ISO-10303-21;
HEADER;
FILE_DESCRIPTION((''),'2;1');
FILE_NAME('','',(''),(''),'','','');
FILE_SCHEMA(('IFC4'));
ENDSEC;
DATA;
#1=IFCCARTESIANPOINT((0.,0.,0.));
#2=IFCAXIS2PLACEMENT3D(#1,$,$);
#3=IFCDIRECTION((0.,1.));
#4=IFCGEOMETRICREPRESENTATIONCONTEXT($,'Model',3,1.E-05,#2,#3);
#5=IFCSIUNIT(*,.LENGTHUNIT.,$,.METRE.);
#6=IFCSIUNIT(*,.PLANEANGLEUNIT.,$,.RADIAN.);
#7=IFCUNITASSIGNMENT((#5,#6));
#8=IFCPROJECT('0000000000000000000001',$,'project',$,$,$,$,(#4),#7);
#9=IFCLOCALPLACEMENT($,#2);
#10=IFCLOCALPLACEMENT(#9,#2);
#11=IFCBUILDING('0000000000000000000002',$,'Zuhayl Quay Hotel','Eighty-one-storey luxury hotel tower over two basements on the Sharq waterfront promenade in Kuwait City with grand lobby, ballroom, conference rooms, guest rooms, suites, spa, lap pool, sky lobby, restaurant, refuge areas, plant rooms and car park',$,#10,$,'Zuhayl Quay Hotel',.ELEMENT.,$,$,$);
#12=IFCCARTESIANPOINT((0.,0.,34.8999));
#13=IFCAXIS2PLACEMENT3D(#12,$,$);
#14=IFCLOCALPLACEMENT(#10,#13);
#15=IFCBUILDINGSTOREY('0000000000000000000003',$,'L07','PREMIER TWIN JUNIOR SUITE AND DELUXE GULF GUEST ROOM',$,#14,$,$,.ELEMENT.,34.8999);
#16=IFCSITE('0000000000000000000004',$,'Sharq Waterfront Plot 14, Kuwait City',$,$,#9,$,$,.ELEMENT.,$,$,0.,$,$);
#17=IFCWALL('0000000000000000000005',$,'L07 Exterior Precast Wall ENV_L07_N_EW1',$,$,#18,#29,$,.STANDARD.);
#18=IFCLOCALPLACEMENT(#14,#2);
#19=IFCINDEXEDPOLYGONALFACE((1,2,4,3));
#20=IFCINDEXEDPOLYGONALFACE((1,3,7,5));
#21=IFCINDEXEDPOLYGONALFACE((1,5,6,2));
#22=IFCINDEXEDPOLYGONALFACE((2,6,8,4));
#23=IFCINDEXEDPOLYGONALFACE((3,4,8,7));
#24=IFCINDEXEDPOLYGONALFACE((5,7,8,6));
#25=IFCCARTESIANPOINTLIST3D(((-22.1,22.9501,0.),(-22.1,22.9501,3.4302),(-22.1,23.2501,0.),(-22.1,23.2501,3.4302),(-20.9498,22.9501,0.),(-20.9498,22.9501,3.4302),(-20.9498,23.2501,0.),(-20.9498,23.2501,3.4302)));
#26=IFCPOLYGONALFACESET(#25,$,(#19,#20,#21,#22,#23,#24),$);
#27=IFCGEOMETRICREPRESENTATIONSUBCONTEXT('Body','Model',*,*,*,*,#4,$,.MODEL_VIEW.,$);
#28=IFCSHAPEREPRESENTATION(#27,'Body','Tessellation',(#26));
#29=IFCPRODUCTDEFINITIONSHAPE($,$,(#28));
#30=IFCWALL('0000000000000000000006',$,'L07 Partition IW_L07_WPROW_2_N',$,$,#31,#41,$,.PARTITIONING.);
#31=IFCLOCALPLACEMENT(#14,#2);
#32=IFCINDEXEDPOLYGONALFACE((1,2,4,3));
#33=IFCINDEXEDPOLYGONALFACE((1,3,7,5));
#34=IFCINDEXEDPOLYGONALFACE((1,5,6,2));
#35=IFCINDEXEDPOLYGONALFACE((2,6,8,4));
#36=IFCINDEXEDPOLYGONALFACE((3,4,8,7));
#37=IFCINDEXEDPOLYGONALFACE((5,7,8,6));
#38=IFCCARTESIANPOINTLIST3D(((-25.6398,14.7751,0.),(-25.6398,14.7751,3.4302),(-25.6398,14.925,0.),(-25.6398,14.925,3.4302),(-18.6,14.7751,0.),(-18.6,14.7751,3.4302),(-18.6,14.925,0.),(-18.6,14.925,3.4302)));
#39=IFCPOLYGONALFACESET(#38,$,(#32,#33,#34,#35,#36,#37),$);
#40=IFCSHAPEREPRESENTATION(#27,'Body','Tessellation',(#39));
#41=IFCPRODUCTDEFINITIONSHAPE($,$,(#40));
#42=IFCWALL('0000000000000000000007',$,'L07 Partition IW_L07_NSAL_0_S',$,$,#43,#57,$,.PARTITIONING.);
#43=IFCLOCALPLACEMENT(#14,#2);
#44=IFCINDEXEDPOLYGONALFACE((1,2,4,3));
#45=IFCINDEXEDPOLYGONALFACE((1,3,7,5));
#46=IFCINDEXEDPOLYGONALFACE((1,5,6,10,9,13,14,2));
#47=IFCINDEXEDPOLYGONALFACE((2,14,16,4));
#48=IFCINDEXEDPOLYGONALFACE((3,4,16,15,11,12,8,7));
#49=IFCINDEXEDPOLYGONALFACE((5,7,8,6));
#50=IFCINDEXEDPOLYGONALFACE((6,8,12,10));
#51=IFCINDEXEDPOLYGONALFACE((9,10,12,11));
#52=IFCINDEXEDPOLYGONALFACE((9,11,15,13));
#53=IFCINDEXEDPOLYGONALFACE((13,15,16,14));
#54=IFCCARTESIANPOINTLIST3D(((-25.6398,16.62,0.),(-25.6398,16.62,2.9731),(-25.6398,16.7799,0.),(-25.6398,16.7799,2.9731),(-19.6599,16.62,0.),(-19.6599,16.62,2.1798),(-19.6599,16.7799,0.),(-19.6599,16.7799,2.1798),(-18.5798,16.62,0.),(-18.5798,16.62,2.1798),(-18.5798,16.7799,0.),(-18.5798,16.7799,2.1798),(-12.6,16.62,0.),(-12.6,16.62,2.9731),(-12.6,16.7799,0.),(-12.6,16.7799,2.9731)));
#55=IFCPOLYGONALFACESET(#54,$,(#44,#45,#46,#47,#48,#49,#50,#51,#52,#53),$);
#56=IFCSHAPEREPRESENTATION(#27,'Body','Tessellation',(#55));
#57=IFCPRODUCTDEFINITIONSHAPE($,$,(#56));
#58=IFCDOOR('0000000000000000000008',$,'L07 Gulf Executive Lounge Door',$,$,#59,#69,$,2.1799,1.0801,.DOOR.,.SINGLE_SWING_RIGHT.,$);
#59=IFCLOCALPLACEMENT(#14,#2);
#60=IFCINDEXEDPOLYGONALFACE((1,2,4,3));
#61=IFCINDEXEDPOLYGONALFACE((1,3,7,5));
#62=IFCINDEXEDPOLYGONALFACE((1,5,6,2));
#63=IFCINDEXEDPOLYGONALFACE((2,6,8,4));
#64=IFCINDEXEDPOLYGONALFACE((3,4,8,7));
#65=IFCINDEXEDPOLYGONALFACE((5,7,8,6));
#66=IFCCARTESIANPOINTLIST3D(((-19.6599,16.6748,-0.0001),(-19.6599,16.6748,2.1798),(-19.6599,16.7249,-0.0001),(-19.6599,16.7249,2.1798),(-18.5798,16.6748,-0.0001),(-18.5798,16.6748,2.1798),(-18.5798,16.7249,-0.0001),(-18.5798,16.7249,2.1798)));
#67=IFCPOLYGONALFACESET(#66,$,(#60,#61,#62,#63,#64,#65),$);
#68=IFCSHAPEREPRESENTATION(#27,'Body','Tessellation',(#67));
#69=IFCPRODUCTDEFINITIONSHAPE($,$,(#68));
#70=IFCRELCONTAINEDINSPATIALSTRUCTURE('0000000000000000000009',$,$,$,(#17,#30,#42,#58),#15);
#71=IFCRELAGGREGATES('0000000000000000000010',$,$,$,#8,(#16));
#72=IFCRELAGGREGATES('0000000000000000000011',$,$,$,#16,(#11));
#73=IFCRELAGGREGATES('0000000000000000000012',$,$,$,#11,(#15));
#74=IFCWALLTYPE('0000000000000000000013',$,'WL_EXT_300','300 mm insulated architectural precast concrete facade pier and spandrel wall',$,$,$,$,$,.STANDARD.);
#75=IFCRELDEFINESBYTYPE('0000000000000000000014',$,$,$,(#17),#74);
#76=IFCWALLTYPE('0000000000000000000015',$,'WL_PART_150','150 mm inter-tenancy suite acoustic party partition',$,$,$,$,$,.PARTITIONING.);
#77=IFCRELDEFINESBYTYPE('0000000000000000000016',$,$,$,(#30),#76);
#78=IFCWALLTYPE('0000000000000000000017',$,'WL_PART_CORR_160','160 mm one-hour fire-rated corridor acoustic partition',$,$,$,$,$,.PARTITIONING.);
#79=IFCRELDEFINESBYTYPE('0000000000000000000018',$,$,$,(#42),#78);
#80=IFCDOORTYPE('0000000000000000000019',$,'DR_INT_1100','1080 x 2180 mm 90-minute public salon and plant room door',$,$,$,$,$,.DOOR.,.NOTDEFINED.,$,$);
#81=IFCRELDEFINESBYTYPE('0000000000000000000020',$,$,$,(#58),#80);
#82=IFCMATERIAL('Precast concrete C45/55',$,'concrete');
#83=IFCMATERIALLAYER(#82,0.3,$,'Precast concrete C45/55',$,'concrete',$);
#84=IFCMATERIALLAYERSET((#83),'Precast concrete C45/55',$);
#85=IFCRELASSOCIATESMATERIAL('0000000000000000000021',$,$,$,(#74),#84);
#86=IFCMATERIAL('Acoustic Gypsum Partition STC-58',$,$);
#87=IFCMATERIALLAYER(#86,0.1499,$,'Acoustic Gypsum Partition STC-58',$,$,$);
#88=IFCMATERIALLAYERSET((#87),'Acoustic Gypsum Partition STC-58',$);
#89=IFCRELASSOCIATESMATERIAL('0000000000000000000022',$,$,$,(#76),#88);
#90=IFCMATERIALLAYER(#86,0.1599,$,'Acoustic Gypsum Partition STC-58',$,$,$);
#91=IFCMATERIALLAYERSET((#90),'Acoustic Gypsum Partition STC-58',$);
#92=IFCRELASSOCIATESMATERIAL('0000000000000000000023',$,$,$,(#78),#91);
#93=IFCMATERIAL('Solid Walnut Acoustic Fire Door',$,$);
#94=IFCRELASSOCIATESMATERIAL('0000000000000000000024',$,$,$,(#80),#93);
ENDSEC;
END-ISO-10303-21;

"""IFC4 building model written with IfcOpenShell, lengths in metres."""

from ifc_helpers import new_model, si_unit, direction, frame, frame_2d, origin, place, context, subcontext, project, spatial, rectangle, extrude, material, layer, layer_set, type_object, element, fill, save


model = new_model("IFC4")

# Units and contexts
model_context = context("Model", 3, precision=1e-05, world=origin(), true_north=direction((0.0, 1.0)))
body_context = subcontext(model_context, "Body", "Model", "MODEL_VIEW")
ifc_project = project(units=[si_unit("LENGTHUNIT", "METRE"), si_unit("PLANEANGLEUNIT", "RADIAN")], contexts=[model_context])

# Site, building, storey
site_placement = place(None, origin())
site = spatial("IfcSite", under=ifc_project, at=site_placement, Name="Sharq Waterfront Plot 14, Kuwait City", CompositionType="ELEMENT", RefElevation=0.0)
building_placement = place(site_placement, origin())
building = spatial("IfcBuilding", under=site, at=building_placement, Name="Zuhayl Quay Hotel", Description="Eighty-one-storey luxury hotel tower over two basements on the Sharq waterfront promenade in Kuwait City with grand lobby, ballroom, conference rooms, guest rooms, suites, spa, lap pool, sky lobby, restaurant, refuge areas, plant rooms and car park", LongName="Zuhayl Quay Hotel", CompositionType="ELEMENT")
storey_placement = place(building_placement, frame((0.0, 0.0, 34.8999)))
storey = spatial("IfcBuildingStorey", under=building, at=storey_placement, Name="L07", Description="PREMIER TWIN JUNIOR SUITE AND DELUXE GULF GUEST ROOM", CompositionType="ELEMENT", Elevation=34.8999)

# Shared definitions
ifc_material_1 = material(Name="Precast concrete C45/55", Category="concrete")
ifc_layer_1 = layer(ifc_material_1, 0.3, Name="Precast concrete C45/55", Category="concrete")
ifc_layer_set_1 = layer_set([ifc_layer_1], Name="Precast concrete C45/55")
wall_type_1 = type_object("IfcWallType", Name="WL_EXT_300", Description="300 mm insulated architectural precast concrete facade pier and spandrel wall", PredefinedType="STANDARD", material=ifc_layer_set_1)

# Walls
wall_1_placement = place(storey_placement, frame((-22.1001, 23.1001, 0.0), z_axis=(0.0, 0.0, 1.0), x_axis=(1.0, 0.0, 0.0)))
element("IfcWall", 1, at=wall_1_placement, inside=storey, type_object=wall_type_1, Name="L07 Exterior Precast Wall ENV_L07_N_EW1", PredefinedType="STANDARD", context=body_context, shape_type="SweptSolid", body=[
    extrude(rectangle(XDim=1.1501, YDim=0.3, at=frame_2d((0.5752, 0.0))), origin(), (0.0, 0.0, 1.0), 3.4302),
])
ifc_material_2 = material(Name="Acoustic Gypsum Partition STC-58")
ifc_layer_2 = layer(ifc_material_2, 0.1499, Name="Acoustic Gypsum Partition STC-58")
ifc_layer_set_2 = layer_set([ifc_layer_2], Name="Acoustic Gypsum Partition STC-58")
wall_type_2 = type_object("IfcWallType", Name="WL_PART_150", Description="150 mm inter-tenancy suite acoustic party partition", PredefinedType="PARTITIONING", material=ifc_layer_set_2)
wall_2_placement = place(storey_placement, frame((-25.6399, 14.8501, 0.0), z_axis=(0.0, 0.0, 1.0), x_axis=(1.0, 0.0, 0.0)))
element("IfcWall", 2, at=wall_2_placement, inside=storey, type_object=wall_type_2, Name="L07 Partition IW_L07_WPROW_2_N", PredefinedType="PARTITIONING", context=body_context, shape_type="SweptSolid", body=[
    extrude(rectangle(XDim=7.0398, YDim=0.1499, at=frame_2d((3.52, 0.0))), origin(), (0.0, 0.0, 1.0), 3.4302),
])

# Wall, opening, door
ifc_layer_3 = layer(ifc_material_2, 0.1599, Name="Acoustic Gypsum Partition STC-58")
ifc_layer_set_3 = layer_set([ifc_layer_3], Name="Acoustic Gypsum Partition STC-58")
wall_type_3 = type_object("IfcWallType", Name="WL_PART_CORR_160", Description="160 mm one-hour fire-rated corridor acoustic partition", PredefinedType="PARTITIONING", material=ifc_layer_set_3)
wall_3_placement = place(storey_placement, frame((-25.6399, 16.7, 0.0), z_axis=(0.0, 0.0, 1.0), x_axis=(1.0, 0.0, 0.0)))
wall_3 = element("IfcWall", 3, at=wall_3_placement, inside=storey, type_object=wall_type_3, Name="L07 Partition IW_L07_NSAL_0_S", PredefinedType="PARTITIONING", context=body_context, shape_type="SweptSolid", body=[
    extrude(rectangle(XDim=13.0398, YDim=0.1599, at=frame_2d((6.52, 0.0))), origin(), (0.0, 0.0, 1.0), 2.9731),
])
opening_1_placement = place(wall_3_placement, frame((5.98, 0.0, 0.0)))
opening_1 = element("IfcOpeningElement", 4, at=opening_1_placement, cuts=wall_3, PredefinedType="OPENING", context=body_context, shape_type="SweptSolid", body=[
    extrude(rectangle(XDim=1.0801, YDim=2.1799, at=frame_2d((0.54, 1.0898))), frame((0.0, 0.0898, 0.0), z_axis=(0.0, -1.0, 0.0), x_axis=(1.0, 0.0, 0.0)), (0.0, 0.0, 1.0), 0.1799),
])
ifc_material_3 = material(Name="Solid Walnut Acoustic Fire Door")
door_type = type_object("IfcDoorType", Name="DR_INT_1100", Description="1080 x 2180 mm 90-minute public salon and plant room door", OperationType="NOTDEFINED", PredefinedType="DOOR", material=ifc_material_3)
door_placement = place(opening_1_placement, origin())
door = element("IfcDoor", 5, at=door_placement, inside=storey, type_object=door_type, Name="L07 Gulf Executive Lounge Door", OperationType="SINGLE_SWING_RIGHT", OverallHeight=2.1799, OverallWidth=1.0801, PredefinedType="DOOR", context=body_context, shape_type="SweptSolid", body=[
    extrude(rectangle(XDim=1.0801, YDim=2.1799, at=frame_2d((0.54, 1.0898))), frame((0.0, 0.0249, 0.0), z_axis=(0.0, -1.0, 0.0), x_axis=(1.0, 0.0, 0.0)), (0.0, 0.0, 1.0), 0.05),
])
fill(opening_1, door)

save(model, "model.ifc")
